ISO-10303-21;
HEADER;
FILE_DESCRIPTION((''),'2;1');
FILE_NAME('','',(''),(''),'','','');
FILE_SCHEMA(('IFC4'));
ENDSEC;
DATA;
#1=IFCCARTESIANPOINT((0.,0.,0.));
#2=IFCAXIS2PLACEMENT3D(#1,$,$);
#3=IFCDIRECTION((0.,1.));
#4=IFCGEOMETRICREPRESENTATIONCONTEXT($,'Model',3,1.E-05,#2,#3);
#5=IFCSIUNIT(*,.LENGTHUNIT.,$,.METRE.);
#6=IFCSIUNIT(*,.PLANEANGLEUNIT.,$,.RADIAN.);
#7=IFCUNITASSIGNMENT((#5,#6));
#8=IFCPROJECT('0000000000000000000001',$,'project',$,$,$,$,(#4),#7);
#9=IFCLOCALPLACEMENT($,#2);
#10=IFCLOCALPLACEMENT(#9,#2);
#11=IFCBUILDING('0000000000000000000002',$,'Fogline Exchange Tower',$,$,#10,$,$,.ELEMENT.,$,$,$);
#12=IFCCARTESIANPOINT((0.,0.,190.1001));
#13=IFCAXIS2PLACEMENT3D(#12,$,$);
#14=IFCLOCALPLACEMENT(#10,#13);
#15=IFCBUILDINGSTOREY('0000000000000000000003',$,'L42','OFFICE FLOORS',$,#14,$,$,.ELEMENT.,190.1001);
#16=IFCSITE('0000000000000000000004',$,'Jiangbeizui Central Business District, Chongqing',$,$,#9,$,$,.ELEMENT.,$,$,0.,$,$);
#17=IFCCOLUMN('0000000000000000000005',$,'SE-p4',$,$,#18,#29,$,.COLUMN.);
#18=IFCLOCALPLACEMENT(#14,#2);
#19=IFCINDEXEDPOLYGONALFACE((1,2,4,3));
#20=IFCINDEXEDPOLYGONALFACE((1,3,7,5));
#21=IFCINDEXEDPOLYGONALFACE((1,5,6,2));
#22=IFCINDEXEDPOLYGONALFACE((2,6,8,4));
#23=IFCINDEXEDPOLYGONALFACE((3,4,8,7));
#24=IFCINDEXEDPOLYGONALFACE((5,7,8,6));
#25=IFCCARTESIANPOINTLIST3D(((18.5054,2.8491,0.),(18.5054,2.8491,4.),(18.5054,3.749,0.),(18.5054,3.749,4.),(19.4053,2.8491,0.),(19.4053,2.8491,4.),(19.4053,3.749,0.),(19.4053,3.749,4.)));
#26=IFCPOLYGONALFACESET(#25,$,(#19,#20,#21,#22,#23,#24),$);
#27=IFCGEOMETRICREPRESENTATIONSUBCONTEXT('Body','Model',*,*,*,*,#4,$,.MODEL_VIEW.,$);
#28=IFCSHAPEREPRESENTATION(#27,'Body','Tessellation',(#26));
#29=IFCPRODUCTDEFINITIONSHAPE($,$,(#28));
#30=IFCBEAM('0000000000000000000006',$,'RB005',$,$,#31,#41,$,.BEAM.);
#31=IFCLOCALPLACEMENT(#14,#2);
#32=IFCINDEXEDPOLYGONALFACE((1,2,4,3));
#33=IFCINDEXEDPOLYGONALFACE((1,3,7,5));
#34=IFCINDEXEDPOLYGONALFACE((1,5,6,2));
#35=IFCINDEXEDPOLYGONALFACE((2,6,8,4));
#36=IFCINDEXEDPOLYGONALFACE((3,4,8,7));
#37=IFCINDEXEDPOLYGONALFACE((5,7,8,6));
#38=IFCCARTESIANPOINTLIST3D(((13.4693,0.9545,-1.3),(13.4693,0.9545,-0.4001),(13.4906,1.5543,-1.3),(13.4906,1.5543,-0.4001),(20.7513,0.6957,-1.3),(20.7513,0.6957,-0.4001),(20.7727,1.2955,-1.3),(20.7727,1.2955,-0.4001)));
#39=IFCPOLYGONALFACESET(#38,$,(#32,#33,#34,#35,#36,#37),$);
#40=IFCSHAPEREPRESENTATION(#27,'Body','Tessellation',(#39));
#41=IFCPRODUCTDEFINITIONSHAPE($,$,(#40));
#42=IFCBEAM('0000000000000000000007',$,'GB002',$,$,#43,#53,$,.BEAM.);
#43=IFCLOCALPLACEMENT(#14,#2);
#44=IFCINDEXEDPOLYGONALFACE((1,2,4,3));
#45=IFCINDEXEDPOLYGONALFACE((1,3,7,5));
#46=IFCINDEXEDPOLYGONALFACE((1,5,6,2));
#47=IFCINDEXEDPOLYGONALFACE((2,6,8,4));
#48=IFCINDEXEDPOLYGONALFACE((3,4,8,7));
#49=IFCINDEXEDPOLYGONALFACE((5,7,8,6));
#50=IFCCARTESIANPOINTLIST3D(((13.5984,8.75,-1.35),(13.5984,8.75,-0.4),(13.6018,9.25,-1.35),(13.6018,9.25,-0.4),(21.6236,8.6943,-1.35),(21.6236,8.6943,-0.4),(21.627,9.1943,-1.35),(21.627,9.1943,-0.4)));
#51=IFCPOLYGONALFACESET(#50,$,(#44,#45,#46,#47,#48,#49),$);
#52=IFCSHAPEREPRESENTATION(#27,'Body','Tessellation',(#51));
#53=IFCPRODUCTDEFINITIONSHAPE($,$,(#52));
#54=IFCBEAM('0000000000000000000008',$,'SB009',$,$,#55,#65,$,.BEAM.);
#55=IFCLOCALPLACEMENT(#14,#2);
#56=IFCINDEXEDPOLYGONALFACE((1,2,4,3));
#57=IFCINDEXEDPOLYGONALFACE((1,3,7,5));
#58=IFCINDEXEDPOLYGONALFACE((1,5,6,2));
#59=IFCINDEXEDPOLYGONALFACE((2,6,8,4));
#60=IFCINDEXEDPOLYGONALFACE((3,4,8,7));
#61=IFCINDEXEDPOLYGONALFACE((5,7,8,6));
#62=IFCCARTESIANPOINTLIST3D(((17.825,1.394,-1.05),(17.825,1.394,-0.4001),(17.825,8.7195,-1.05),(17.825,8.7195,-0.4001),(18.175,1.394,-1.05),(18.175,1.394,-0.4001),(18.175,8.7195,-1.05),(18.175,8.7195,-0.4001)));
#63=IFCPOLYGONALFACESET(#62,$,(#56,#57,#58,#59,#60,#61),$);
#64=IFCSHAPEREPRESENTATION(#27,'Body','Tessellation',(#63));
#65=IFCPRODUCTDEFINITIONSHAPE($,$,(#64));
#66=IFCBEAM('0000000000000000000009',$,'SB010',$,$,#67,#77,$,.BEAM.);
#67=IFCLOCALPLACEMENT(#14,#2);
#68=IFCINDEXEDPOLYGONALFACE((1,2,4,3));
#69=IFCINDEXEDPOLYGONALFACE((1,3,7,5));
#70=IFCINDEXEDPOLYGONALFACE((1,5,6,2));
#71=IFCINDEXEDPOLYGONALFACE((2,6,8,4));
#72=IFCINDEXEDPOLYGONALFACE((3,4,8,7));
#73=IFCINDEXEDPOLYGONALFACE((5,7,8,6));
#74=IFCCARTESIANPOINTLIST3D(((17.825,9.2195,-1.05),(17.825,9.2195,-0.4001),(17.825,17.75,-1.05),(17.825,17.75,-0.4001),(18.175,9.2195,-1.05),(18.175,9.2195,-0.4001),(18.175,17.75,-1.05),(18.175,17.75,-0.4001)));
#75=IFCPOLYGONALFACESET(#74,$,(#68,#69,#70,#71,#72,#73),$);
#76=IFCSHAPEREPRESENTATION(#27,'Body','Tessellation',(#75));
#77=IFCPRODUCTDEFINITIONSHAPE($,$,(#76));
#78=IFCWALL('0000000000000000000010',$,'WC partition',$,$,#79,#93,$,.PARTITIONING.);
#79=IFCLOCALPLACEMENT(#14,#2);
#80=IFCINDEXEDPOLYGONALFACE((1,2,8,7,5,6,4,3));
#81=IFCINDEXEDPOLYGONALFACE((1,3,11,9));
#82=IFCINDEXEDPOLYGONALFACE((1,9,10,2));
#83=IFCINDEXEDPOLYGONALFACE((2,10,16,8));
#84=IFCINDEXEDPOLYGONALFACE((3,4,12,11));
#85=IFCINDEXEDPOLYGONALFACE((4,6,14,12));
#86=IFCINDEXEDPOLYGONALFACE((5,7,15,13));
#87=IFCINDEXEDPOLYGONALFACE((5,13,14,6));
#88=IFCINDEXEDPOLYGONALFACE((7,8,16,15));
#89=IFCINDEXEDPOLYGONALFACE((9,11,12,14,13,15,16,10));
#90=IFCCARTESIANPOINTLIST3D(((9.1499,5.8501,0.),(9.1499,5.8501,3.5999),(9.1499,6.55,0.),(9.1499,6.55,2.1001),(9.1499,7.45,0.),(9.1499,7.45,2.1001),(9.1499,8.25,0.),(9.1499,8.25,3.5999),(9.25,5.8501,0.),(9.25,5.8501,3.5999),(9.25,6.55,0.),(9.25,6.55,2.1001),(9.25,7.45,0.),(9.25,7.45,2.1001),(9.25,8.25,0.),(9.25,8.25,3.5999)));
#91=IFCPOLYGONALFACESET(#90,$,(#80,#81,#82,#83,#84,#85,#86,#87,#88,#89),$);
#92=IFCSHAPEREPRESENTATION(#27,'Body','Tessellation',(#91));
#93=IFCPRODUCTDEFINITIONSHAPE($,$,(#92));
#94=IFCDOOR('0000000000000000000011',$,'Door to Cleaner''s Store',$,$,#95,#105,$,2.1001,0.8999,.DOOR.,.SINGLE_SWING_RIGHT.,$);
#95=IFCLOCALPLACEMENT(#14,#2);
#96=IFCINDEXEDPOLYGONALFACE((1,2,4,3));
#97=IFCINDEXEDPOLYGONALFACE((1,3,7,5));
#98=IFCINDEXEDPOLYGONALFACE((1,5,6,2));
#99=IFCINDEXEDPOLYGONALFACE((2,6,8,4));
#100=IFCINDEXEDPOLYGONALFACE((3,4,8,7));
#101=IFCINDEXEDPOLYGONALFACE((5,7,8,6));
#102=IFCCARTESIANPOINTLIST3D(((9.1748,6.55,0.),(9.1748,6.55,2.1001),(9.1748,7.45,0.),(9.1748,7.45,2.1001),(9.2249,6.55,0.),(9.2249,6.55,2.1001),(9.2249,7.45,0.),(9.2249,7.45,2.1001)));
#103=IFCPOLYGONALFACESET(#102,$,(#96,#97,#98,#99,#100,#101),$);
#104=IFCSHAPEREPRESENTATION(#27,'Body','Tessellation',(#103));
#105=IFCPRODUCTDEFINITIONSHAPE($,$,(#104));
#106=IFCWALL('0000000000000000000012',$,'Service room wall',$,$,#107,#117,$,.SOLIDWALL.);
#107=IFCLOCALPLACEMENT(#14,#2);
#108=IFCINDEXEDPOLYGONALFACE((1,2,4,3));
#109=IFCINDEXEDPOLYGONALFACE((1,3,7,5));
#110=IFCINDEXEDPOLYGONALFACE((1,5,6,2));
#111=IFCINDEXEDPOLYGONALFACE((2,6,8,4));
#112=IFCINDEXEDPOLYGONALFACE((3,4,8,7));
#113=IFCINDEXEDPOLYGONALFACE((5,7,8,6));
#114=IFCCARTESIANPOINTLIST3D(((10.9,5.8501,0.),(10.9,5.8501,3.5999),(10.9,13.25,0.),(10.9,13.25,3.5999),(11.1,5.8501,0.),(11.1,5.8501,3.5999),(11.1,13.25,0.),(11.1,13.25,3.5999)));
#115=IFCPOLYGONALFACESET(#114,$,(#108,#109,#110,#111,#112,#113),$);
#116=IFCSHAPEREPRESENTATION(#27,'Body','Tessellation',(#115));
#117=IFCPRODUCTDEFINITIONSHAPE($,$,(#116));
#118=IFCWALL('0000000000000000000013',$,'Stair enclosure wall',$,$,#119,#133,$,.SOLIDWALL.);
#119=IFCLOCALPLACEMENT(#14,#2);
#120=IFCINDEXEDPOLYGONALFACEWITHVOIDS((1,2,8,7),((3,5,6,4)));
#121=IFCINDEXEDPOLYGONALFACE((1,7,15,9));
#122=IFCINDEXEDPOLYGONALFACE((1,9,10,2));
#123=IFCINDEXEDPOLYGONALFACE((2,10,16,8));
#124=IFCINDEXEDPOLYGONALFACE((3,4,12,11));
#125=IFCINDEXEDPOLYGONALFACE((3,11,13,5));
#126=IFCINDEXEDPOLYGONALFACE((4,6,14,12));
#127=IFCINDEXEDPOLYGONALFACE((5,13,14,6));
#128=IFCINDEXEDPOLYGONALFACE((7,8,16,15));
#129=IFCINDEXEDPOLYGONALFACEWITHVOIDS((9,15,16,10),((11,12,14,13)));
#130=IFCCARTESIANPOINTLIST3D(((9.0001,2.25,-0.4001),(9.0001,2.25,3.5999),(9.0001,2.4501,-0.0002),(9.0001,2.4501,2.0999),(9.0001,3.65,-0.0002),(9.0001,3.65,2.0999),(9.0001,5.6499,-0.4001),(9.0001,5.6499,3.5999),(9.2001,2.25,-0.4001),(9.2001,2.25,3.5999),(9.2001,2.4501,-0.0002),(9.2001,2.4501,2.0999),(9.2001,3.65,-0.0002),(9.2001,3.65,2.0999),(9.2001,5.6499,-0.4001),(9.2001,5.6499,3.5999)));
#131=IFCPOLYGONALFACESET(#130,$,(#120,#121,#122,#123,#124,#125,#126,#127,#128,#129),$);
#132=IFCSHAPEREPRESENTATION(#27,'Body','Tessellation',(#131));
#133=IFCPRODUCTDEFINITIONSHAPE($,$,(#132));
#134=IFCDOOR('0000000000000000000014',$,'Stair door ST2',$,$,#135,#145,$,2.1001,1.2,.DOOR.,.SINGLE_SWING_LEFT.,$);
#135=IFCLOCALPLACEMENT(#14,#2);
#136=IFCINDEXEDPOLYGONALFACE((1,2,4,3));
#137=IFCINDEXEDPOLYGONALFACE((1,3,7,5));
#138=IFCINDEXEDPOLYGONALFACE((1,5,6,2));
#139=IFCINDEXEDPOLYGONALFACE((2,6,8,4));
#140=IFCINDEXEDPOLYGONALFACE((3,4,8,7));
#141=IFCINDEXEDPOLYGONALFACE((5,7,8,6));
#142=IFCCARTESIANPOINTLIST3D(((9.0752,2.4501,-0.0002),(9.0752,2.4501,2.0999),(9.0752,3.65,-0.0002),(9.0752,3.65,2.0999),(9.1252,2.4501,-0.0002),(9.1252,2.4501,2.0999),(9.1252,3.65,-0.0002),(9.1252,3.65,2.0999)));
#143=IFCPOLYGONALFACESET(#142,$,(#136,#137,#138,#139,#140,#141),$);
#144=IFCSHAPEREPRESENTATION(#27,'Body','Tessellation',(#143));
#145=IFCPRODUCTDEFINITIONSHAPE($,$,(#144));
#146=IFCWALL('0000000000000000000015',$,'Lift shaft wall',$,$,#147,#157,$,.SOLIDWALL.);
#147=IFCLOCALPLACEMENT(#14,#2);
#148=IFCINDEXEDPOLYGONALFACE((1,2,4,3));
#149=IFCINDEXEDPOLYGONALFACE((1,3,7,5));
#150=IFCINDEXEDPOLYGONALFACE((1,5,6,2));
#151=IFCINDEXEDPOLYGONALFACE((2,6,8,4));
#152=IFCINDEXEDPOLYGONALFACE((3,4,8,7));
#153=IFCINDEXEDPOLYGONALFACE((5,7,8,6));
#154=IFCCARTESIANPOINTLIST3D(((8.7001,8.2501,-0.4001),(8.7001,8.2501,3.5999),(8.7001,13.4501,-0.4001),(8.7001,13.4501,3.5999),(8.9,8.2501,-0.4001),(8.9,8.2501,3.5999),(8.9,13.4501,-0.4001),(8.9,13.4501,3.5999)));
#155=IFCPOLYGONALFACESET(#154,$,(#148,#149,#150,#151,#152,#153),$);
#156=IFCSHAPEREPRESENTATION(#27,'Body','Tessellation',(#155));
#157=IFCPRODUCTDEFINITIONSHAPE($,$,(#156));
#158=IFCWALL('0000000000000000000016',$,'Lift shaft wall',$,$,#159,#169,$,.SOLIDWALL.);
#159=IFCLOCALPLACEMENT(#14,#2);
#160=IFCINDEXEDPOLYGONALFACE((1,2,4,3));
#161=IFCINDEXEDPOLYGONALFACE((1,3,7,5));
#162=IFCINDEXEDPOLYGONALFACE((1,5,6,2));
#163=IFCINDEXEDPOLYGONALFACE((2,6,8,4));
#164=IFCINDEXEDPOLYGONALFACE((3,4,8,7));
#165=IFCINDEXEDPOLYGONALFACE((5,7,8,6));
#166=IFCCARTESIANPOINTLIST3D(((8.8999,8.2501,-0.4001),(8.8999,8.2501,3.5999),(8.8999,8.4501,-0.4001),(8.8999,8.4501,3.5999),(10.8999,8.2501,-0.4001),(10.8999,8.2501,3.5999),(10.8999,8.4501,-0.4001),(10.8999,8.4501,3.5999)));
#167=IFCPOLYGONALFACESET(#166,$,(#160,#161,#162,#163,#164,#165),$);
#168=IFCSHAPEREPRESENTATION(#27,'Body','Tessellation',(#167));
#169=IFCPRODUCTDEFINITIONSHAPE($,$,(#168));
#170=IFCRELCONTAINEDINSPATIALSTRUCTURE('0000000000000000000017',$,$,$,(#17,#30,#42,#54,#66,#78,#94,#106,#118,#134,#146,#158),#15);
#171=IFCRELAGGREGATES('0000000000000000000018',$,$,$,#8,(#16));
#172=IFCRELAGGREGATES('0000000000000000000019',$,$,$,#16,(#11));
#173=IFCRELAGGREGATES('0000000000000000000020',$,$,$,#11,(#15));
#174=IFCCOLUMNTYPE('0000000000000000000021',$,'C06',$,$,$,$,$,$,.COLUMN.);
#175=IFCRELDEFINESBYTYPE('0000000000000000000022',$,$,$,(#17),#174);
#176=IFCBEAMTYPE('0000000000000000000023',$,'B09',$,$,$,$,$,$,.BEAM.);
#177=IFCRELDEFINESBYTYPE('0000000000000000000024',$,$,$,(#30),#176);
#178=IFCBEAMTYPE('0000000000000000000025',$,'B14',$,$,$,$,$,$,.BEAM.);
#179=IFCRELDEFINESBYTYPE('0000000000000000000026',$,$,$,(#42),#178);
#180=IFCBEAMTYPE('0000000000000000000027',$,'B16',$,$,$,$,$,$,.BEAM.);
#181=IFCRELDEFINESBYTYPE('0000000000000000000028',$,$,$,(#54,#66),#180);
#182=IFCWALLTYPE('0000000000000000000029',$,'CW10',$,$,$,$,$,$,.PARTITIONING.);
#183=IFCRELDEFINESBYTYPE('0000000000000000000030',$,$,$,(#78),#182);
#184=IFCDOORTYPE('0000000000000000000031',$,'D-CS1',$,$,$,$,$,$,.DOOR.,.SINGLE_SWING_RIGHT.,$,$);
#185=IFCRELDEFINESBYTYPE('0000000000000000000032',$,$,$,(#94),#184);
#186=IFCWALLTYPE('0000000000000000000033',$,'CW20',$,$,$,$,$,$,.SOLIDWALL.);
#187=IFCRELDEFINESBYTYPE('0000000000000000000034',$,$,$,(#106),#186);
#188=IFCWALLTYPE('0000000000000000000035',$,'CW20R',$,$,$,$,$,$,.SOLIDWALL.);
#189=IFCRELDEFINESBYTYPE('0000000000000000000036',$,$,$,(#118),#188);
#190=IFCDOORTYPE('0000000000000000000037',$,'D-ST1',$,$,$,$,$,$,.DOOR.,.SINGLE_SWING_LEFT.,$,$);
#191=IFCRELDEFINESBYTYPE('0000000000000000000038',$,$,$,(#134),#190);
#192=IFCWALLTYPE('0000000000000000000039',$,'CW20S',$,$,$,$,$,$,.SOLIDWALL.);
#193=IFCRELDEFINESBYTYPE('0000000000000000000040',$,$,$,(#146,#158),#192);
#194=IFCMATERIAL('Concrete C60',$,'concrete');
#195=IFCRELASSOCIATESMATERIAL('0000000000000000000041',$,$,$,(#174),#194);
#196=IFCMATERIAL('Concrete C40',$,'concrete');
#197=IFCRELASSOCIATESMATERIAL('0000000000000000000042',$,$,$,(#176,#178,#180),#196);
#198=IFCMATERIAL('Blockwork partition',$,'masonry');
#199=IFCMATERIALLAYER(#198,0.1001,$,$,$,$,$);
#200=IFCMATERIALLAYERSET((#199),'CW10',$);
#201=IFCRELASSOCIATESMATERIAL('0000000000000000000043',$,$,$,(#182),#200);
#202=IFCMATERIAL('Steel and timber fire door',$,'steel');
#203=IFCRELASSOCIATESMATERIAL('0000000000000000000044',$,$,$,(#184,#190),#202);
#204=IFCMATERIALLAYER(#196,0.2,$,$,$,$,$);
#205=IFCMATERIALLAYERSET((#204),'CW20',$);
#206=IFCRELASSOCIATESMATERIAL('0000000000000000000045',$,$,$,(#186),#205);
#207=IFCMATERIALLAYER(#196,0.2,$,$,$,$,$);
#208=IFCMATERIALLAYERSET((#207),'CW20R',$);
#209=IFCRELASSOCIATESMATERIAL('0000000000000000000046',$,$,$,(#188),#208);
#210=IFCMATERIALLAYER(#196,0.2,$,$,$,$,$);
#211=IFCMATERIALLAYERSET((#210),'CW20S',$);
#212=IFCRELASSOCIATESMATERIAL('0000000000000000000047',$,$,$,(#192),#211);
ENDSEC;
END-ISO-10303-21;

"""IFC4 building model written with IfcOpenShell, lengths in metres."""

from ifc_helpers import new_model, si_unit, direction, frame, frame_2d, origin, origin_2d, place, context, subcontext, project, spatial, rectangle, extrude, material, layer, layer_set, material_profile, profile_set, type_object, element, fill, save


model = new_model("IFC4")

# Units and contexts
model_context = context("Model", 3, precision=1e-05, world=origin(), true_north=direction((0.0, 1.0)))
body_context = subcontext(model_context, "Body", "Model", "MODEL_VIEW")
ifc_project = project(units=[si_unit("LENGTHUNIT", "METRE"), si_unit("PLANEANGLEUNIT", "RADIAN")], contexts=[model_context])

# Site, building, storey
site_placement = place(None, origin())
site = spatial("IfcSite", under=ifc_project, at=site_placement, Name="Jiangbeizui Central Business District, Chongqing", CompositionType="ELEMENT", RefElevation=0.0)
building_placement = place(site_placement, origin())
building = spatial("IfcBuilding", under=site, at=building_placement, Name="Fogline Exchange Tower", CompositionType="ELEMENT")
storey_placement = place(building_placement, frame((0.0, 0.0, 190.1001)))
storey = spatial("IfcBuildingStorey", under=building, at=storey_placement, Name="L42", Description="OFFICE FLOORS", CompositionType="ELEMENT", Elevation=190.1001)

# Column
ifc_material_1 = material(Name="Concrete C60", Category="concrete")
ifc_material_profile_1 = material_profile(ifc_material_1, rectangle(XDim=0.8999, YDim=0.8999, at=origin_2d()), Name="RC 900x900")
ifc_profile_set_1 = profile_set([ifc_material_profile_1], Name="Concrete C60")
column_type = type_object("IfcColumnType", Name="C06", PredefinedType="COLUMN", material=ifc_profile_set_1)
column_placement = place(storey_placement, frame((18.9553, 3.2991, 0.0), z_axis=(0.0, 0.0, 1.0), x_axis=(1.0, 0.0, 0.0)))
element("IfcColumn", 1, at=column_placement, inside=storey, type_object=column_type, Name="SE-p4", PredefinedType="COLUMN", context=body_context, shape_type="SweptSolid", body=[
    extrude(rectangle(XDim=0.8999, YDim=0.8999, at=origin_2d()), origin(), (0.0, 0.0, 1.0), 4.0),
])

# Beams
ifc_material_2 = material(Name="Concrete C40", Category="concrete")
ifc_material_profile_2 = material_profile(ifc_material_2, rectangle(XDim=0.6001, YDim=0.8999, at=origin_2d()), Name="RC 600x900")
ifc_profile_set_2 = profile_set([ifc_material_profile_2], Name="Concrete C40")
beam_type_1 = type_object("IfcBeamType", Name="B09", PredefinedType="BEAM", material=ifc_profile_set_2)
beam_1_placement = place(storey_placement, frame((13.48, 1.2544, -0.8501), z_axis=(0.999369, -0.035516, 0.0), x_axis=(0.035516, 0.999369, 0.0)))
element("IfcBeam", 2, at=beam_1_placement, inside=storey, type_object=beam_type_1, Name="RB005", PredefinedType="BEAM", context=body_context, shape_type="SweptSolid", body=[
    extrude(rectangle(XDim=0.6001, YDim=0.8999, at=origin_2d()), origin(), (0.0, 0.0, 1.0), 7.2866),
])
ifc_material_profile_3 = material_profile(ifc_material_2, rectangle(XDim=0.5, YDim=0.95, at=origin_2d()), Name="RC 500x950")
ifc_profile_set_3 = profile_set([ifc_material_profile_3], Name="Concrete C40")
beam_type_2 = type_object("IfcBeamType", Name="B14", PredefinedType="BEAM", material=ifc_profile_set_3)
beam_2_placement = place(storey_placement, frame((13.6001, 9.0, -0.875), z_axis=(0.999976, -0.006936, 0.0), x_axis=(0.006936, 0.999976, 0.0)))
element("IfcBeam", 3, at=beam_2_placement, inside=storey, type_object=beam_type_2, Name="GB002", PredefinedType="BEAM", context=body_context, shape_type="SweptSolid", body=[
    extrude(rectangle(XDim=0.5, YDim=0.95, at=origin_2d()), origin(), (0.0, 0.0, 1.0), 8.0254),
])
ifc_material_profile_4 = material_profile(ifc_material_2, rectangle(XDim=0.3501, YDim=0.6499, at=origin_2d()), Name="RC 350x650")
ifc_profile_set_4 = profile_set([ifc_material_profile_4], Name="Concrete C40")
beam_type_3 = type_object("IfcBeamType", Name="B16", PredefinedType="BEAM", material=ifc_profile_set_4)
beam_3_placement = place(storey_placement, frame((18.0, 1.394, -0.7251), z_axis=(0.0, 1.0, 0.0), x_axis=(-1.0, 0.0, 0.0)))
element("IfcBeam", 4, at=beam_3_placement, inside=storey, type_object=beam_type_3, Name="SB009", PredefinedType="BEAM", context=body_context, shape_type="SweptSolid", body=[
    extrude(rectangle(XDim=0.3501, YDim=0.6499, at=origin_2d()), origin(), (0.0, 0.0, 1.0), 7.3254),
])
beam_4_placement = place(storey_placement, frame((18.0, 9.2195, -0.7251), z_axis=(0.0, 1.0, 0.0), x_axis=(-1.0, 0.0, 0.0)))
element("IfcBeam", 5, at=beam_4_placement, inside=storey, type_object=beam_type_3, Name="SB010", PredefinedType="BEAM", context=body_context, shape_type="SweptSolid", body=[
    extrude(rectangle(XDim=0.3501, YDim=0.6499, at=origin_2d()), origin(), (0.0, 0.0, 1.0), 8.5305),
])

# Wall, opening, door
ifc_material_3 = material(Name="Blockwork partition", Category="masonry")
ifc_layer_1 = layer(ifc_material_3, 0.1001)
ifc_layer_set_1 = layer_set([ifc_layer_1], Name="CW10")
wall_type_1 = type_object("IfcWallType", Name="CW10", PredefinedType="PARTITIONING", material=ifc_layer_set_1)
wall_1_placement = place(storey_placement, frame((9.2, 5.8501, 0.0), z_axis=(0.0, 0.0, 1.0), x_axis=(0.0, 1.0, 0.0)))
wall_1 = element("IfcWall", 6, at=wall_1_placement, inside=storey, type_object=wall_type_1, Name="WC partition", PredefinedType="PARTITIONING", context=body_context, shape_type="SweptSolid", body=[
    extrude(rectangle(XDim=2.3999, YDim=0.1001, at=frame_2d((1.2, 0.0))), origin(), (0.0, 0.0, 1.0), 3.5999),
])
opening_1_placement = place(wall_1_placement, frame((0.7, 0.0, 0.0)))
opening_1 = element("IfcOpeningElement", 7, at=opening_1_placement, cuts=wall_1, PredefinedType="OPENING", context=body_context, shape_type="SweptSolid", body=[
    extrude(rectangle(XDim=0.8999, YDim=2.1001, at=frame_2d((0.45, 1.05))), frame((0.0, 0.0601, 0.0), z_axis=(0.0, -1.0, 0.0), x_axis=(1.0, 0.0, 0.0)), (0.0, 0.0, 1.0), 0.1201),
])
ifc_material_4 = material(Name="Steel and timber fire door", Category="steel")
door_type_1 = type_object("IfcDoorType", Name="D-CS1", OperationType="SINGLE_SWING_RIGHT", PredefinedType="DOOR", material=ifc_material_4)
door_1_placement = place(opening_1_placement, frame((0.8999, 0.0, 0.0), z_axis=(0.0, 0.0, 1.0), x_axis=(-1.0, 0.0, 0.0)))
door_1 = element("IfcDoor", 8, at=door_1_placement, inside=storey, type_object=door_type_1, Name="Door to Cleaner's Store", OperationType="SINGLE_SWING_RIGHT", OverallHeight=2.1001, OverallWidth=0.8999, PredefinedType="DOOR", context=body_context, shape_type="SweptSolid", body=[
    extrude(rectangle(XDim=0.8999, YDim=2.1001, at=frame_2d((0.45, 1.05))), frame((0.0, 0.0249, 0.0), z_axis=(0.0, -1.0, 0.0), x_axis=(1.0, 0.0, 0.0)), (0.0, 0.0, 1.0), 0.05),
])
fill(opening_1, door_1)

# Wall
ifc_layer_2 = layer(ifc_material_2, 0.2)
ifc_layer_set_2 = layer_set([ifc_layer_2], Name="CW20")
wall_type_2 = type_object("IfcWallType", Name="CW20", PredefinedType="SOLIDWALL", material=ifc_layer_set_2)
wall_2_placement = place(storey_placement, frame((11.0, 5.8501, 0.0), z_axis=(0.0, 0.0, 1.0), x_axis=(0.0, 1.0, 0.0)))
element("IfcWall", 9, at=wall_2_placement, inside=storey, type_object=wall_type_2, Name="Service room wall", PredefinedType="SOLIDWALL", context=body_context, shape_type="SweptSolid", body=[
    extrude(rectangle(XDim=7.3999, YDim=0.2, at=frame_2d((3.7, 0.0))), origin(), (0.0, 0.0, 1.0), 3.5999),
])

# Wall, opening, door
ifc_layer_3 = layer(ifc_material_2, 0.2)
ifc_layer_set_3 = layer_set([ifc_layer_3], Name="CW20R")
wall_type_3 = type_object("IfcWallType", Name="CW20R", PredefinedType="SOLIDWALL", material=ifc_layer_set_3)
wall_3_placement = place(storey_placement, frame((9.1001, 2.25, -0.4001), z_axis=(0.0, 0.0, 1.0), x_axis=(0.0, 1.0, 0.0)))
wall_3 = element("IfcWall", 10, at=wall_3_placement, inside=storey, type_object=wall_type_3, Name="Stair enclosure wall", PredefinedType="SOLIDWALL", context=body_context, shape_type="SweptSolid", body=[
    extrude(rectangle(XDim=3.3999, YDim=0.2, at=frame_2d((1.7, 0.0))), origin(), (0.0, 0.0, 1.0), 4.0),
])
opening_2_placement = place(wall_3_placement, frame((0.2, 0.0, 0.3999)))
opening_2 = element("IfcOpeningElement", 11, at=opening_2_placement, cuts=wall_3, PredefinedType="OPENING", context=body_context, shape_type="SweptSolid", body=[
    extrude(rectangle(XDim=1.2, YDim=2.1001, at=frame_2d((0.6001, 1.05))), frame((0.0, 0.1099, 0.0), z_axis=(0.0, -1.0, 0.0), x_axis=(1.0, 0.0, 0.0)), (0.0, 0.0, 1.0), 0.22),
])
door_type_2 = type_object("IfcDoorType", Name="D-ST1", OperationType="SINGLE_SWING_LEFT", PredefinedType="DOOR", material=ifc_material_4)
door_2_placement = place(opening_2_placement, origin())
door_2 = element("IfcDoor", 12, at=door_2_placement, inside=storey, type_object=door_type_2, Name="Stair door ST2", OperationType="SINGLE_SWING_LEFT", OverallHeight=2.1001, OverallWidth=1.2, PredefinedType="DOOR", context=body_context, shape_type="SweptSolid", body=[
    extrude(rectangle(XDim=1.2, YDim=2.1001, at=frame_2d((0.6001, 1.05))), frame((0.0, 0.0249, 0.0), z_axis=(0.0, -1.0, 0.0), x_axis=(1.0, 0.0, 0.0)), (0.0, 0.0, 1.0), 0.05),
])
fill(opening_2, door_2)

# Walls
ifc_layer_4 = layer(ifc_material_2, 0.2)
ifc_layer_set_4 = layer_set([ifc_layer_4], Name="CW20S")
wall_type_4 = type_object("IfcWallType", Name="CW20S", PredefinedType="SOLIDWALL", material=ifc_layer_set_4)
wall_4_placement = place(storey_placement, frame((8.8, 8.25, -0.4001), z_axis=(0.0, 0.0, 1.0), x_axis=(0.0, 1.0, 0.0)))
element("IfcWall", 13, at=wall_4_placement, inside=storey, type_object=wall_type_4, Name="Lift shaft wall", PredefinedType="SOLIDWALL", context=body_context, shape_type="SweptSolid", body=[
    extrude(rectangle(XDim=5.2, YDim=0.2, at=frame_2d((2.6001, 0.0))), origin(), (0.0, 0.0, 1.0), 4.0),
])
for number, where, z_axis, x_axis, name in (
    (14, (8.8999, 8.3501, -0.4001), (0.0, 0.0, 1.0), (1.0, 0.0, 0.0), "Lift shaft wall"),
):
    element("IfcWall", number, at=place(storey_placement, frame(where, z_axis=z_axis, x_axis=x_axis)), inside=storey, type_object=wall_type_4, Name=name, PredefinedType="SOLIDWALL", context=body_context, shape_type="SweptSolid", body=[
        extrude(rectangle(XDim=2.0, YDim=0.2, at=frame_2d((1.0, 0.0))), origin(), (0.0, 0.0, 1.0), 4.0),
    ])

save(model, "model.ifc")
